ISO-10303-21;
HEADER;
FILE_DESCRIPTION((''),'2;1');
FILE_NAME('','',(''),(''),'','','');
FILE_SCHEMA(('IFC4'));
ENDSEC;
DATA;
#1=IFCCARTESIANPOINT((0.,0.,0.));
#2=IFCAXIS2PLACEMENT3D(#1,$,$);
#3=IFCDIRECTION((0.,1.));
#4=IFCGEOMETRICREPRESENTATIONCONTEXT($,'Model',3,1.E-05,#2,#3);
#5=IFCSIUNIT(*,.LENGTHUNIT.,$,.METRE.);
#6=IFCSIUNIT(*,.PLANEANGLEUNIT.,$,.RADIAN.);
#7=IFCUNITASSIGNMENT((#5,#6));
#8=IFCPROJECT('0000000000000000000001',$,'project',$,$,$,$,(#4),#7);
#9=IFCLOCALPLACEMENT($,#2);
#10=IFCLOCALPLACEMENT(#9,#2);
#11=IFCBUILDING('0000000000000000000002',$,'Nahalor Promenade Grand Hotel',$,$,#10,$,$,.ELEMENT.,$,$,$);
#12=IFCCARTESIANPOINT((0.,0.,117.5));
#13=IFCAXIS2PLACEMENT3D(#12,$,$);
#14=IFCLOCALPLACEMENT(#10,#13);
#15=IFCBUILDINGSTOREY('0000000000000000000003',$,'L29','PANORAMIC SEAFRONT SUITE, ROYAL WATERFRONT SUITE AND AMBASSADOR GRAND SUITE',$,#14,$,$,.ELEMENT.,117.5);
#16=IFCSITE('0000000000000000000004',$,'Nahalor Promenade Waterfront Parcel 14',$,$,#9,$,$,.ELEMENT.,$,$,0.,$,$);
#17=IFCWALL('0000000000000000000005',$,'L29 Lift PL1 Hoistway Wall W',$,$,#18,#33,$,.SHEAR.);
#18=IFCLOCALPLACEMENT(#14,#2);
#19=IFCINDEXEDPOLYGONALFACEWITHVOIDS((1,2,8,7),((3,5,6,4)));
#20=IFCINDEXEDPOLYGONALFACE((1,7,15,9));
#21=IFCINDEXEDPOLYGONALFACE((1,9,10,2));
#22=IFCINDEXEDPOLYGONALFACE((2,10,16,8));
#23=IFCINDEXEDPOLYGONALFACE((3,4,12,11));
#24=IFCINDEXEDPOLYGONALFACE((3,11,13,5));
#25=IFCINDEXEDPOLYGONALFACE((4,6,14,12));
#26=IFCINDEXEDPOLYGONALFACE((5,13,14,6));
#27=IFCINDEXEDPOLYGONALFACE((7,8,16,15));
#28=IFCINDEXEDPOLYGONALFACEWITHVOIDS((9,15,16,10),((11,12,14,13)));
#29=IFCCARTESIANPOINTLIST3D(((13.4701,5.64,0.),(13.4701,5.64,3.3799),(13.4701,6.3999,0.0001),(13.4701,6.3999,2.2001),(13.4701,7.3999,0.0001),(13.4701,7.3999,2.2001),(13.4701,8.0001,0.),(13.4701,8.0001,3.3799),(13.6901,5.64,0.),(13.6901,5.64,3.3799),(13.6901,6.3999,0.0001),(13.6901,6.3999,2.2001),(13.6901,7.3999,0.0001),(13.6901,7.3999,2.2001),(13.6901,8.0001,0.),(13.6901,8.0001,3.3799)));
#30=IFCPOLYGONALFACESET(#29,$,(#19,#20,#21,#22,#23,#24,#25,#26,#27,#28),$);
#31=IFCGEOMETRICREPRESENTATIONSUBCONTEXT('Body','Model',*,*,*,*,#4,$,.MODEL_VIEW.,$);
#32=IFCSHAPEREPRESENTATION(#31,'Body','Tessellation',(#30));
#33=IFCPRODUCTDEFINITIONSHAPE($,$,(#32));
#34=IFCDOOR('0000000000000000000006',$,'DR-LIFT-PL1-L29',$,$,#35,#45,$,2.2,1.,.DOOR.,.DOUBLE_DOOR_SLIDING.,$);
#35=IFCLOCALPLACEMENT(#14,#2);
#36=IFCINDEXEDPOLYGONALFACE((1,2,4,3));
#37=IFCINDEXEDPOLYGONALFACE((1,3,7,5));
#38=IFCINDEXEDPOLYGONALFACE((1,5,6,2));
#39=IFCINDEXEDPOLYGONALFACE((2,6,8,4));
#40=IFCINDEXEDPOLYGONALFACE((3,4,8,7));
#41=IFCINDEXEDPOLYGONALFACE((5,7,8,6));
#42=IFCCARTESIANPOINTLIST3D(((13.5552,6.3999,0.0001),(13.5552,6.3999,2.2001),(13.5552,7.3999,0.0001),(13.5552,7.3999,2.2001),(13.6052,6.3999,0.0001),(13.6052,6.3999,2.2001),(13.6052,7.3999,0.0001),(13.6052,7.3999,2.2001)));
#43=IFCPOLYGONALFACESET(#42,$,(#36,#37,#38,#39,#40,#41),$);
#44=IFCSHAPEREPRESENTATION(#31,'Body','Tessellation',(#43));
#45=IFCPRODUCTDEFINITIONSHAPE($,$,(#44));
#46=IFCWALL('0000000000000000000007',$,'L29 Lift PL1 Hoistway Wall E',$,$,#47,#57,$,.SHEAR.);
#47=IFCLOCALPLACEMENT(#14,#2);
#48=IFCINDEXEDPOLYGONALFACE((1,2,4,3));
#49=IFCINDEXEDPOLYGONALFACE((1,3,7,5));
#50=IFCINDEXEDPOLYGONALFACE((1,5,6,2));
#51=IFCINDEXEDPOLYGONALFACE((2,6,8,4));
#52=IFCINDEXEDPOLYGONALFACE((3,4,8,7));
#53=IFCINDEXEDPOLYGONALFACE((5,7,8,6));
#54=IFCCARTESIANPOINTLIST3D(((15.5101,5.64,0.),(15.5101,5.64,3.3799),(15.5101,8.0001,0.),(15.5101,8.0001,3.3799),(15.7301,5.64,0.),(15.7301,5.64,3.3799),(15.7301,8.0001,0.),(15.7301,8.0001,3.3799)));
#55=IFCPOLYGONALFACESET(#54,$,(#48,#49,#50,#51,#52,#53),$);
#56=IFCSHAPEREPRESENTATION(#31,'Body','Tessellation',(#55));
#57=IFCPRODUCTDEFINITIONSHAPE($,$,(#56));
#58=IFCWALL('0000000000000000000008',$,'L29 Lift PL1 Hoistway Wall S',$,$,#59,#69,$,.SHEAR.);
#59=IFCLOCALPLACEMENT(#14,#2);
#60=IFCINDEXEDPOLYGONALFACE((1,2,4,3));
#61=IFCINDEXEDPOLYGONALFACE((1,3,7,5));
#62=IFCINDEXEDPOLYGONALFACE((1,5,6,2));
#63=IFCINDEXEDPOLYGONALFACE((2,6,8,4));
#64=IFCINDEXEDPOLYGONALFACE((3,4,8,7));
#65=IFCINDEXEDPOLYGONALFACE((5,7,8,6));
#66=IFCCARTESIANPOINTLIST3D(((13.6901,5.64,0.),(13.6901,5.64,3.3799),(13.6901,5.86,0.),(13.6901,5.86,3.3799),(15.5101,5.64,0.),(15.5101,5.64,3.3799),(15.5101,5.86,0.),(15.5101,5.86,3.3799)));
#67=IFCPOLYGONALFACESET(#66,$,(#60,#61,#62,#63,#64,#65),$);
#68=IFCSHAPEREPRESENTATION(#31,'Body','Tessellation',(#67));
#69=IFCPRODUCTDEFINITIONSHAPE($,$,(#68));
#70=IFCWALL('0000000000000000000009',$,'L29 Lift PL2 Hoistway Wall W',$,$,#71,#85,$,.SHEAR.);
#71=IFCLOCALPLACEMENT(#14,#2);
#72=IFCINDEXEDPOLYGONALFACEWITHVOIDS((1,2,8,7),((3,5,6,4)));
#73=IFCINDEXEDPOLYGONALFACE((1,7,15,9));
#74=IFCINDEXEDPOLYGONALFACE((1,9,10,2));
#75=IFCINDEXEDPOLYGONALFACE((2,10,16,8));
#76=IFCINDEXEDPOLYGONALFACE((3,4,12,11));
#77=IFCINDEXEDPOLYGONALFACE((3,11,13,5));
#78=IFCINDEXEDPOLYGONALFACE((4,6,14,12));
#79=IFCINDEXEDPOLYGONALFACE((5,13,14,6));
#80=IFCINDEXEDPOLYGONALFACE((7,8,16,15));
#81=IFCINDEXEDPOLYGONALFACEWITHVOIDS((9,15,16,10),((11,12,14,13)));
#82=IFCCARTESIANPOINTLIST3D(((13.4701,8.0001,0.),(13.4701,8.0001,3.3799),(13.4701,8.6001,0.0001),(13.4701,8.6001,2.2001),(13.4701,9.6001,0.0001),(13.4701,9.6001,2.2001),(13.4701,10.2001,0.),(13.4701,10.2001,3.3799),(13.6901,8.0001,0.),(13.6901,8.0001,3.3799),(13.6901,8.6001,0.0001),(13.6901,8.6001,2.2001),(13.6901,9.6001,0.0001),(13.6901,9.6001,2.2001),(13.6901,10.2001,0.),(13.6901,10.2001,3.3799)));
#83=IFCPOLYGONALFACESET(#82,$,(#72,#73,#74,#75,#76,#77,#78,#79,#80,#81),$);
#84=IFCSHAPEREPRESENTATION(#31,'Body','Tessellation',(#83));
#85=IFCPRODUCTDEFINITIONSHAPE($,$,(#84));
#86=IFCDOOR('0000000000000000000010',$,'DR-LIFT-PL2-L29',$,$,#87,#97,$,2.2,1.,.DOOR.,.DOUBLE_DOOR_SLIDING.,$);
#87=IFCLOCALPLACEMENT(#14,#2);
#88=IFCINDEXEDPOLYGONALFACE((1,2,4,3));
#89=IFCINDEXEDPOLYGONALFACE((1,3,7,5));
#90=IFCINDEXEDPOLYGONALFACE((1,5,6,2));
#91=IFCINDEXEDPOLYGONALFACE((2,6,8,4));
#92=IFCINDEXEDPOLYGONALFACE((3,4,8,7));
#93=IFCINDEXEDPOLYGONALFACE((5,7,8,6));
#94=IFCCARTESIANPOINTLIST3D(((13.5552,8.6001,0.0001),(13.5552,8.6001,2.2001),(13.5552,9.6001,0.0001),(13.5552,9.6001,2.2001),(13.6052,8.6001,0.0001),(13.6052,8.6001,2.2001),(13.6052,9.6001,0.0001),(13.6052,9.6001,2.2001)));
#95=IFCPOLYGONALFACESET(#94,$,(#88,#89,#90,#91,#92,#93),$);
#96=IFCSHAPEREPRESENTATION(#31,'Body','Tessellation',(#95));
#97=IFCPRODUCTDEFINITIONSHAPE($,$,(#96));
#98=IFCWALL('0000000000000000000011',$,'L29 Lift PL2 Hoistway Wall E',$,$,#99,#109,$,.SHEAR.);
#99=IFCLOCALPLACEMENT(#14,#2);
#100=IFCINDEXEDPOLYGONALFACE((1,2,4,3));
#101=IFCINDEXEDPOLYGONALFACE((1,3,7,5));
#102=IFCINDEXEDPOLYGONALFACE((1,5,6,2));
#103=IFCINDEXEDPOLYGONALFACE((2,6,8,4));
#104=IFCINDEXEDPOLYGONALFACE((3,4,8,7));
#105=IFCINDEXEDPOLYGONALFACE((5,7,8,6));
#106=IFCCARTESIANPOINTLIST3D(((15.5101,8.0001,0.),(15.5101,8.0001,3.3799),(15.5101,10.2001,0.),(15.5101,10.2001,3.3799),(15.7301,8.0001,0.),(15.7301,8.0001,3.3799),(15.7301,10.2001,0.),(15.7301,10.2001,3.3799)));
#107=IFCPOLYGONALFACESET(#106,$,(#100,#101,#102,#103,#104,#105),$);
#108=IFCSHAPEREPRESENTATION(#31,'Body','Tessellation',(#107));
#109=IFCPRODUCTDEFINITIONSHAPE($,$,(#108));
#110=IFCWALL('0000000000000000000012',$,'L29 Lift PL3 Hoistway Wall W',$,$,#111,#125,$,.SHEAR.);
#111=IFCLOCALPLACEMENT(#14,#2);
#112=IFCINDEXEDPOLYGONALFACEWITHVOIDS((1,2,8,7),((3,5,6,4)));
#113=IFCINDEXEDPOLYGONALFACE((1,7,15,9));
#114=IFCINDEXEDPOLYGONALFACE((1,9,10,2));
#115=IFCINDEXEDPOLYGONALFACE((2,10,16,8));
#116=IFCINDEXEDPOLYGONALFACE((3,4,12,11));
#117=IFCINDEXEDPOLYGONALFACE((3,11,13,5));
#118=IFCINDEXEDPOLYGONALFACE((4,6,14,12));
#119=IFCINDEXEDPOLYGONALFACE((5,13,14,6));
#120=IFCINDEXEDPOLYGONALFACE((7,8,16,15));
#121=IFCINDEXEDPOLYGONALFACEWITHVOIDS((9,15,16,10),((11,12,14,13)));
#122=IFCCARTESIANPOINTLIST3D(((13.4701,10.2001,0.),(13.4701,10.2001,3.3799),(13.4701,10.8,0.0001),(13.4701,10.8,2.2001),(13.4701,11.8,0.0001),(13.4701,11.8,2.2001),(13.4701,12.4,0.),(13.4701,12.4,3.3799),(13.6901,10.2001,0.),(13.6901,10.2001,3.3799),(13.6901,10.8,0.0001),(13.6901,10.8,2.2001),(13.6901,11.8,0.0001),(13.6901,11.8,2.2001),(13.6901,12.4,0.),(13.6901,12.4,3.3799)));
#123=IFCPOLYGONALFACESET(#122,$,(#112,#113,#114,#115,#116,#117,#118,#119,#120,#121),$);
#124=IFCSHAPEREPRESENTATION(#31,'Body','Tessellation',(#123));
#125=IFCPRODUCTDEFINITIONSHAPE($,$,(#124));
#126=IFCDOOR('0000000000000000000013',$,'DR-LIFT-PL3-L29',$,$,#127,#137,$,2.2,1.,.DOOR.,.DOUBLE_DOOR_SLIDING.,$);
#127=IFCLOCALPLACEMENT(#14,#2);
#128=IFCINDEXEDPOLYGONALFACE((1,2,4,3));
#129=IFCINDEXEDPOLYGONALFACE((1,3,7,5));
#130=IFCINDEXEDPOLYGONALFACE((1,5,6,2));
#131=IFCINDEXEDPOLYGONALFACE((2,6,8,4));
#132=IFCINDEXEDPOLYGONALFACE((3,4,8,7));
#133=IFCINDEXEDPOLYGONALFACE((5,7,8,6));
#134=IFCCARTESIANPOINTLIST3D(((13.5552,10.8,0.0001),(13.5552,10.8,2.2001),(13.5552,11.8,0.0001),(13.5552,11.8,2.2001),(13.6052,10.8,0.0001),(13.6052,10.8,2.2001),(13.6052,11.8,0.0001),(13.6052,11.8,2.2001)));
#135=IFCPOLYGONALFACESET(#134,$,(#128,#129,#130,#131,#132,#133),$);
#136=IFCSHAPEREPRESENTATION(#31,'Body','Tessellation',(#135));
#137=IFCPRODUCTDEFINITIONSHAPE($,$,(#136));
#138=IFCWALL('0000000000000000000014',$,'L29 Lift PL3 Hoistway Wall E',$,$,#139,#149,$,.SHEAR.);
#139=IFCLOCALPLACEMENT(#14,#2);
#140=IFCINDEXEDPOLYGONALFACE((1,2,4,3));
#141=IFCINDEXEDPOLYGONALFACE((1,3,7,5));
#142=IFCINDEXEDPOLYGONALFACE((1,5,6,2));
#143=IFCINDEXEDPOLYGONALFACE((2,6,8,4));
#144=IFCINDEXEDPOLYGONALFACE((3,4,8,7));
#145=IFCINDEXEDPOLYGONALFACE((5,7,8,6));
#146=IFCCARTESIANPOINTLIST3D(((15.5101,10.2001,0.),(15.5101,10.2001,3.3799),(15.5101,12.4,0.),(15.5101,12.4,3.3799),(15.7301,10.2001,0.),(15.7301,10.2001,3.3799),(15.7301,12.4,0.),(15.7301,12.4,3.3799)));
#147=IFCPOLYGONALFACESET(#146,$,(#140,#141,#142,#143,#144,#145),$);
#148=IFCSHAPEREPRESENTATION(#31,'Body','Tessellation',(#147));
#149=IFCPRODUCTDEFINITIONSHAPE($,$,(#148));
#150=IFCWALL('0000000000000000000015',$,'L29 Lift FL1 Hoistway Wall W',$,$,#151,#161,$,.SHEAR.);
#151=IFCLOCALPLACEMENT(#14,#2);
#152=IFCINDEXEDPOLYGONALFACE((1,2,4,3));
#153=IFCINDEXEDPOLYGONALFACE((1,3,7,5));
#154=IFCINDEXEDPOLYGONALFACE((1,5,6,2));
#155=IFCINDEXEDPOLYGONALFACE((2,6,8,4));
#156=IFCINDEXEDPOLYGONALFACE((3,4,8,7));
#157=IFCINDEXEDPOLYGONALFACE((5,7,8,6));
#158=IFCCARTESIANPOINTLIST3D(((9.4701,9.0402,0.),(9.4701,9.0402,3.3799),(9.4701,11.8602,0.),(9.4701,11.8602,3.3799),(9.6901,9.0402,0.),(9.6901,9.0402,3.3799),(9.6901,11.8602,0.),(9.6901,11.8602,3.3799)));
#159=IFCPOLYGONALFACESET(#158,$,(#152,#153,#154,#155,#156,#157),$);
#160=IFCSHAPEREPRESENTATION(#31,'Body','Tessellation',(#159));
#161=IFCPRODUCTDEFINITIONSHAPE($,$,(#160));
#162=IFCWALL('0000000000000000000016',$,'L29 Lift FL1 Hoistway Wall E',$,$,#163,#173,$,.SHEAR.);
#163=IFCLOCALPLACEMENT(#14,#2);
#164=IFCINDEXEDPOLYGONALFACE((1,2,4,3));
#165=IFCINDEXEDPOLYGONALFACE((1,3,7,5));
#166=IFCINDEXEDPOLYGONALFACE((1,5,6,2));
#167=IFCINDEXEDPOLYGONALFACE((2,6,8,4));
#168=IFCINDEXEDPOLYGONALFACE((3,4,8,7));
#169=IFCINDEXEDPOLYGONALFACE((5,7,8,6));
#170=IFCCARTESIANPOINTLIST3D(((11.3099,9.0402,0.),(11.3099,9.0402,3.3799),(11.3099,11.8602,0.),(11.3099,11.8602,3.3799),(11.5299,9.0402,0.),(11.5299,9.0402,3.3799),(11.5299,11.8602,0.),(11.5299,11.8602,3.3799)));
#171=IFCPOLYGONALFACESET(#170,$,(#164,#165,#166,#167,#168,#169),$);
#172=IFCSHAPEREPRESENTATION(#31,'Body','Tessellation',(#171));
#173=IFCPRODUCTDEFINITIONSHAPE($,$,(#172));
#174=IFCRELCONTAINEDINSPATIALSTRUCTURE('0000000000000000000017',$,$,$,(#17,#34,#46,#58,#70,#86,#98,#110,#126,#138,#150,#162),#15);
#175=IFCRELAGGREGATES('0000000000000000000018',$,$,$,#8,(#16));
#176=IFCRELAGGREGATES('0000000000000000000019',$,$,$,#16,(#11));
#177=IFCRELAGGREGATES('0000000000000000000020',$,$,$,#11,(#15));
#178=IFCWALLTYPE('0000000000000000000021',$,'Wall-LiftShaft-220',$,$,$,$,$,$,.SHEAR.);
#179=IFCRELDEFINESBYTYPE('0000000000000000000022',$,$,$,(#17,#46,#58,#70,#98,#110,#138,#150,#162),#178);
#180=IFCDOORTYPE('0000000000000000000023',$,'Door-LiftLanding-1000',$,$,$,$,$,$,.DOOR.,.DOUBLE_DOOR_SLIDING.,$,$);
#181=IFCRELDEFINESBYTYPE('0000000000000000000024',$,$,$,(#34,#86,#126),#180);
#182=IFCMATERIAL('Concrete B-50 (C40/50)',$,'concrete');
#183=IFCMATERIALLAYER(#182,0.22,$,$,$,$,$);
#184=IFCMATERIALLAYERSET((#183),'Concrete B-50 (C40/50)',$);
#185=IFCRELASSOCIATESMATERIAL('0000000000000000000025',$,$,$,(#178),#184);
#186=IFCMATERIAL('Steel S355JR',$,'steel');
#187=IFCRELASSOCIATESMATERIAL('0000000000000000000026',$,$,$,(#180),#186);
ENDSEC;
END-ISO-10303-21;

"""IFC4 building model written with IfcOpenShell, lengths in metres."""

from ifc_helpers import new_model, si_unit, direction, frame, frame_2d, origin, place, context, subcontext, project, spatial, rectangle, extrude, source, transform, mapped, material, layer, layer_set, type_object, element, fill, save


model = new_model("IFC4")

# Units and contexts
model_context = context("Model", 3, precision=1e-05, world=origin(), true_north=direction((0.0, 1.0)))
body_context = subcontext(model_context, "Body", "Model", "MODEL_VIEW")
ifc_project = project(units=[si_unit("LENGTHUNIT", "METRE"), si_unit("PLANEANGLEUNIT", "RADIAN")], contexts=[model_context])

# Site, building, storey
site_placement = place(None, origin())
site = spatial("IfcSite", under=ifc_project, at=site_placement, Name="Nahalor Promenade Waterfront Parcel 14", CompositionType="ELEMENT", RefElevation=0.0)
building_placement = place(site_placement, origin())
building = spatial("IfcBuilding", under=site, at=building_placement, Name="Nahalor Promenade Grand Hotel", CompositionType="ELEMENT")
storey_placement = place(building_placement, frame((0.0, 0.0, 117.5)))
storey = spatial("IfcBuildingStorey", under=building, at=storey_placement, Name="L29", Description="PANORAMIC SEAFRONT SUITE, ROYAL WATERFRONT SUITE AND AMBASSADOR GRAND SUITE", CompositionType="ELEMENT", Elevation=117.5)

# Shared definitions
ifc_material_1 = material(Name="Steel S355JR", Category="steel")

# Shared definitions
ifc_material_2 = material(Name="Concrete B-50 (C40/50)", Category="concrete")

# Shared definitions
ifc_layer_1 = layer(ifc_material_2, 0.22)
ifc_layer_set_1 = layer_set([ifc_layer_1], Name="Concrete B-50 (C40/50)")
wall_type_1 = type_object("IfcWallType", Name="Wall-LiftShaft-220", PredefinedType="SHEAR", material=ifc_layer_set_1)

# Wall, opening, door
shared_shape_1 = source(origin(), body_context, "Body", "SweptSolid", [
    extrude(rectangle(XDim=2.3601, YDim=0.22, at=frame_2d((1.1802, 0.0))), origin(), (0.0, 0.0, 1.0), 3.3799),
])
wall_1_placement = place(storey_placement, frame((13.5801, 5.6399, 0.0), z_axis=(0.0, 0.0, 1.0), x_axis=(0.0, 1.0, 0.0)))
wall_1 = element("IfcWall", 1, at=wall_1_placement, inside=storey, type_object=wall_type_1, Name="L29 Lift PL1 Hoistway Wall W", PredefinedType="SHEAR", context=body_context, shape_type="MappedRepresentation", body=[
    mapped(shared_shape_1, transform((0.0, 0.0, 0.0), scale=1.0)),
])
opening_1_placement = place(wall_1_placement, frame((0.76, 0.0, 0.0)))
opening_1 = element("IfcOpeningElement", 2, at=opening_1_placement, cuts=wall_1, PredefinedType="OPENING", context=body_context, shape_type="SweptSolid", body=[
    extrude(rectangle(XDim=1.0, YDim=2.2, at=frame_2d((0.5, 1.1001))), frame((0.0, 0.1199, 0.0), z_axis=(0.0, -1.0, 0.0), x_axis=(1.0, 0.0, 0.0)), (0.0, 0.0, 1.0), 0.24),
])
door_type_1 = type_object("IfcDoorType", Name="Door-LiftLanding-1000", OperationType="DOUBLE_DOOR_SLIDING", PredefinedType="DOOR", material=ifc_material_1)
shared_shape_2 = source(origin(), body_context, "Body", "SweptSolid", [
    extrude(rectangle(XDim=1.0, YDim=2.2, at=frame_2d((0.5, 1.1001))), frame((0.0, 0.0249, 0.0), z_axis=(0.0, -1.0, 0.0), x_axis=(1.0, 0.0, 0.0)), (0.0, 0.0, 1.0), 0.05),
])
door_1_placement = place(opening_1_placement, origin())
door_1 = element("IfcDoor", 3, at=door_1_placement, inside=storey, type_object=door_type_1, Name="DR-LIFT-PL1-L29", OperationType="DOUBLE_DOOR_SLIDING", OverallHeight=2.2, OverallWidth=1.0, PredefinedType="DOOR", context=body_context, shape_type="MappedRepresentation", body=[
    mapped(shared_shape_2, transform((0.0, 0.0, 0.0), scale=1.0)),
])
fill(opening_1, door_1)

# Walls
wall_2_placement = place(storey_placement, frame((15.6201, 5.6399, 0.0), z_axis=(0.0, 0.0, 1.0), x_axis=(0.0, 1.0, 0.0)))
element("IfcWall", 4, at=wall_2_placement, inside=storey, type_object=wall_type_1, Name="L29 Lift PL1 Hoistway Wall E", PredefinedType="SHEAR", context=body_context, shape_type="MappedRepresentation", body=[
    mapped(shared_shape_1, transform((0.0, 0.0, 0.0), scale=1.0)),
])
shared_shape_3 = source(origin(), body_context, "Body", "SweptSolid", [
    extrude(rectangle(XDim=1.8201, YDim=0.22, at=frame_2d((0.9102, 0.0))), origin(), (0.0, 0.0, 1.0), 3.3799),
])
wall_3_placement = place(storey_placement, frame((13.6899, 5.75, 0.0), z_axis=(0.0, 0.0, 1.0), x_axis=(1.0, 0.0, 0.0)))
element("IfcWall", 5, at=wall_3_placement, inside=storey, type_object=wall_type_1, Name="L29 Lift PL1 Hoistway Wall S", PredefinedType="SHEAR", context=body_context, shape_type="MappedRepresentation", body=[
    mapped(shared_shape_3, transform((0.0, 0.0, 0.0), scale=1.0)),
])

# Wall, opening, door
shared_shape_4 = source(origin(), body_context, "Body", "SweptSolid", [
    extrude(rectangle(XDim=2.2, YDim=0.22, at=frame_2d((1.1001, 0.0))), origin(), (0.0, 0.0, 1.0), 3.3799),
])
wall_4_placement = place(storey_placement, frame((13.5801, 8.0, 0.0), z_axis=(0.0, 0.0, 1.0), x_axis=(0.0, 1.0, 0.0)))
wall_4 = element("IfcWall", 6, at=wall_4_placement, inside=storey, type_object=wall_type_1, Name="L29 Lift PL2 Hoistway Wall W", PredefinedType="SHEAR", context=body_context, shape_type="MappedRepresentation", body=[
    mapped(shared_shape_4, transform((0.0, 0.0, 0.0), scale=1.0)),
])
opening_2_placement = place(wall_4_placement, frame((0.6001, 0.0, 0.0)))
opening_2 = element("IfcOpeningElement", 7, at=opening_2_placement, cuts=wall_4, PredefinedType="OPENING", context=body_context, shape_type="SweptSolid", body=[
    extrude(rectangle(XDim=1.0, YDim=2.2, at=frame_2d((0.5, 1.1001))), frame((0.0, 0.1199, 0.0), z_axis=(0.0, -1.0, 0.0), x_axis=(1.0, 0.0, 0.0)), (0.0, 0.0, 1.0), 0.24),
])
door_2_placement = place(opening_2_placement, origin())
door_2 = element("IfcDoor", 8, at=door_2_placement, inside=storey, type_object=door_type_1, Name="DR-LIFT-PL2-L29", OperationType="DOUBLE_DOOR_SLIDING", OverallHeight=2.2, OverallWidth=1.0, PredefinedType="DOOR", context=body_context, shape_type="MappedRepresentation", body=[
    mapped(shared_shape_2, transform((0.0, 0.0, 0.0), scale=1.0)),
])
fill(opening_2, door_2)

# Wall
wall_5_placement = place(storey_placement, frame((15.6201, 8.0, 0.0), z_axis=(0.0, 0.0, 1.0), x_axis=(0.0, 1.0, 0.0)))
element("IfcWall", 9, at=wall_5_placement, inside=storey, type_object=wall_type_1, Name="L29 Lift PL2 Hoistway Wall E", PredefinedType="SHEAR", context=body_context, shape_type="MappedRepresentation", body=[
    mapped(shared_shape_4, transform((0.0, 0.0, 0.0), scale=1.0)),
])

# Wall, opening, door
wall_6_placement = place(storey_placement, frame((13.5801, 10.2, 0.0), z_axis=(0.0, 0.0, 1.0), x_axis=(0.0, 1.0, 0.0)))
wall_6 = element("IfcWall", 10, at=wall_6_placement, inside=storey, type_object=wall_type_1, Name="L29 Lift PL3 Hoistway Wall W", PredefinedType="SHEAR", context=body_context, shape_type="MappedRepresentation", body=[
    mapped(shared_shape_4, transform((0.0, 0.0, 0.0), scale=1.0)),
])
opening_3_placement = place(wall_6_placement, frame((0.6001, 0.0, 0.0)))
opening_3 = element("IfcOpeningElement", 11, at=opening_3_placement, cuts=wall_6, PredefinedType="OPENING", context=body_context, shape_type="SweptSolid", body=[
    extrude(rectangle(XDim=1.0, YDim=2.2, at=frame_2d((0.5, 1.1001))), frame((0.0, 0.1199, 0.0), z_axis=(0.0, -1.0, 0.0), x_axis=(1.0, 0.0, 0.0)), (0.0, 0.0, 1.0), 0.24),
])
door_3_placement = place(opening_3_placement, origin())
door_3 = element("IfcDoor", 12, at=door_3_placement, inside=storey, type_object=door_type_1, Name="DR-LIFT-PL3-L29", OperationType="DOUBLE_DOOR_SLIDING", OverallHeight=2.2, OverallWidth=1.0, PredefinedType="DOOR", context=body_context, shape_type="MappedRepresentation", body=[
    mapped(shared_shape_2, transform((0.0, 0.0, 0.0), scale=1.0)),
])
fill(opening_3, door_3)

# Walls
wall_7_placement = place(storey_placement, frame((15.6201, 10.2, 0.0), z_axis=(0.0, 0.0, 1.0), x_axis=(0.0, 1.0, 0.0)))
element("IfcWall", 13, at=wall_7_placement, inside=storey, type_object=wall_type_1, Name="L29 Lift PL3 Hoistway Wall E", PredefinedType="SHEAR", context=body_context, shape_type="MappedRepresentation", body=[
    mapped(shared_shape_4, transform((0.0, 0.0, 0.0), scale=1.0)),
])
shared_shape_5 = source(origin(), body_context, "Body", "SweptSolid", [
    extrude(rectangle(XDim=2.8201, YDim=0.22, at=frame_2d((1.4102, 0.0))), origin(), (0.0, 0.0, 1.0), 3.3799),
])
for number, where, z_axis, x_axis, name in (
    (14, (9.5801, 9.04, 0.0), (0.0, 0.0, 1.0), (0.0, 1.0, 0.0), "L29 Lift FL1 Hoistway Wall W"),
    (15, (11.4199, 9.04, 0.0), (0.0, 0.0, 1.0), (0.0, 1.0, 0.0), "L29 Lift FL1 Hoistway Wall E"),
):
    element("IfcWall", number, at=place(storey_placement, frame(where, z_axis=z_axis, x_axis=x_axis)), inside=storey, type_object=wall_type_1, Name=name, PredefinedType="SHEAR", context=body_context, shape_type="MappedRepresentation", body=[
        mapped(shared_shape_5, transform((0.0, 0.0, 0.0), scale=1.0)),
    ])

save(model, "model.ifc")
